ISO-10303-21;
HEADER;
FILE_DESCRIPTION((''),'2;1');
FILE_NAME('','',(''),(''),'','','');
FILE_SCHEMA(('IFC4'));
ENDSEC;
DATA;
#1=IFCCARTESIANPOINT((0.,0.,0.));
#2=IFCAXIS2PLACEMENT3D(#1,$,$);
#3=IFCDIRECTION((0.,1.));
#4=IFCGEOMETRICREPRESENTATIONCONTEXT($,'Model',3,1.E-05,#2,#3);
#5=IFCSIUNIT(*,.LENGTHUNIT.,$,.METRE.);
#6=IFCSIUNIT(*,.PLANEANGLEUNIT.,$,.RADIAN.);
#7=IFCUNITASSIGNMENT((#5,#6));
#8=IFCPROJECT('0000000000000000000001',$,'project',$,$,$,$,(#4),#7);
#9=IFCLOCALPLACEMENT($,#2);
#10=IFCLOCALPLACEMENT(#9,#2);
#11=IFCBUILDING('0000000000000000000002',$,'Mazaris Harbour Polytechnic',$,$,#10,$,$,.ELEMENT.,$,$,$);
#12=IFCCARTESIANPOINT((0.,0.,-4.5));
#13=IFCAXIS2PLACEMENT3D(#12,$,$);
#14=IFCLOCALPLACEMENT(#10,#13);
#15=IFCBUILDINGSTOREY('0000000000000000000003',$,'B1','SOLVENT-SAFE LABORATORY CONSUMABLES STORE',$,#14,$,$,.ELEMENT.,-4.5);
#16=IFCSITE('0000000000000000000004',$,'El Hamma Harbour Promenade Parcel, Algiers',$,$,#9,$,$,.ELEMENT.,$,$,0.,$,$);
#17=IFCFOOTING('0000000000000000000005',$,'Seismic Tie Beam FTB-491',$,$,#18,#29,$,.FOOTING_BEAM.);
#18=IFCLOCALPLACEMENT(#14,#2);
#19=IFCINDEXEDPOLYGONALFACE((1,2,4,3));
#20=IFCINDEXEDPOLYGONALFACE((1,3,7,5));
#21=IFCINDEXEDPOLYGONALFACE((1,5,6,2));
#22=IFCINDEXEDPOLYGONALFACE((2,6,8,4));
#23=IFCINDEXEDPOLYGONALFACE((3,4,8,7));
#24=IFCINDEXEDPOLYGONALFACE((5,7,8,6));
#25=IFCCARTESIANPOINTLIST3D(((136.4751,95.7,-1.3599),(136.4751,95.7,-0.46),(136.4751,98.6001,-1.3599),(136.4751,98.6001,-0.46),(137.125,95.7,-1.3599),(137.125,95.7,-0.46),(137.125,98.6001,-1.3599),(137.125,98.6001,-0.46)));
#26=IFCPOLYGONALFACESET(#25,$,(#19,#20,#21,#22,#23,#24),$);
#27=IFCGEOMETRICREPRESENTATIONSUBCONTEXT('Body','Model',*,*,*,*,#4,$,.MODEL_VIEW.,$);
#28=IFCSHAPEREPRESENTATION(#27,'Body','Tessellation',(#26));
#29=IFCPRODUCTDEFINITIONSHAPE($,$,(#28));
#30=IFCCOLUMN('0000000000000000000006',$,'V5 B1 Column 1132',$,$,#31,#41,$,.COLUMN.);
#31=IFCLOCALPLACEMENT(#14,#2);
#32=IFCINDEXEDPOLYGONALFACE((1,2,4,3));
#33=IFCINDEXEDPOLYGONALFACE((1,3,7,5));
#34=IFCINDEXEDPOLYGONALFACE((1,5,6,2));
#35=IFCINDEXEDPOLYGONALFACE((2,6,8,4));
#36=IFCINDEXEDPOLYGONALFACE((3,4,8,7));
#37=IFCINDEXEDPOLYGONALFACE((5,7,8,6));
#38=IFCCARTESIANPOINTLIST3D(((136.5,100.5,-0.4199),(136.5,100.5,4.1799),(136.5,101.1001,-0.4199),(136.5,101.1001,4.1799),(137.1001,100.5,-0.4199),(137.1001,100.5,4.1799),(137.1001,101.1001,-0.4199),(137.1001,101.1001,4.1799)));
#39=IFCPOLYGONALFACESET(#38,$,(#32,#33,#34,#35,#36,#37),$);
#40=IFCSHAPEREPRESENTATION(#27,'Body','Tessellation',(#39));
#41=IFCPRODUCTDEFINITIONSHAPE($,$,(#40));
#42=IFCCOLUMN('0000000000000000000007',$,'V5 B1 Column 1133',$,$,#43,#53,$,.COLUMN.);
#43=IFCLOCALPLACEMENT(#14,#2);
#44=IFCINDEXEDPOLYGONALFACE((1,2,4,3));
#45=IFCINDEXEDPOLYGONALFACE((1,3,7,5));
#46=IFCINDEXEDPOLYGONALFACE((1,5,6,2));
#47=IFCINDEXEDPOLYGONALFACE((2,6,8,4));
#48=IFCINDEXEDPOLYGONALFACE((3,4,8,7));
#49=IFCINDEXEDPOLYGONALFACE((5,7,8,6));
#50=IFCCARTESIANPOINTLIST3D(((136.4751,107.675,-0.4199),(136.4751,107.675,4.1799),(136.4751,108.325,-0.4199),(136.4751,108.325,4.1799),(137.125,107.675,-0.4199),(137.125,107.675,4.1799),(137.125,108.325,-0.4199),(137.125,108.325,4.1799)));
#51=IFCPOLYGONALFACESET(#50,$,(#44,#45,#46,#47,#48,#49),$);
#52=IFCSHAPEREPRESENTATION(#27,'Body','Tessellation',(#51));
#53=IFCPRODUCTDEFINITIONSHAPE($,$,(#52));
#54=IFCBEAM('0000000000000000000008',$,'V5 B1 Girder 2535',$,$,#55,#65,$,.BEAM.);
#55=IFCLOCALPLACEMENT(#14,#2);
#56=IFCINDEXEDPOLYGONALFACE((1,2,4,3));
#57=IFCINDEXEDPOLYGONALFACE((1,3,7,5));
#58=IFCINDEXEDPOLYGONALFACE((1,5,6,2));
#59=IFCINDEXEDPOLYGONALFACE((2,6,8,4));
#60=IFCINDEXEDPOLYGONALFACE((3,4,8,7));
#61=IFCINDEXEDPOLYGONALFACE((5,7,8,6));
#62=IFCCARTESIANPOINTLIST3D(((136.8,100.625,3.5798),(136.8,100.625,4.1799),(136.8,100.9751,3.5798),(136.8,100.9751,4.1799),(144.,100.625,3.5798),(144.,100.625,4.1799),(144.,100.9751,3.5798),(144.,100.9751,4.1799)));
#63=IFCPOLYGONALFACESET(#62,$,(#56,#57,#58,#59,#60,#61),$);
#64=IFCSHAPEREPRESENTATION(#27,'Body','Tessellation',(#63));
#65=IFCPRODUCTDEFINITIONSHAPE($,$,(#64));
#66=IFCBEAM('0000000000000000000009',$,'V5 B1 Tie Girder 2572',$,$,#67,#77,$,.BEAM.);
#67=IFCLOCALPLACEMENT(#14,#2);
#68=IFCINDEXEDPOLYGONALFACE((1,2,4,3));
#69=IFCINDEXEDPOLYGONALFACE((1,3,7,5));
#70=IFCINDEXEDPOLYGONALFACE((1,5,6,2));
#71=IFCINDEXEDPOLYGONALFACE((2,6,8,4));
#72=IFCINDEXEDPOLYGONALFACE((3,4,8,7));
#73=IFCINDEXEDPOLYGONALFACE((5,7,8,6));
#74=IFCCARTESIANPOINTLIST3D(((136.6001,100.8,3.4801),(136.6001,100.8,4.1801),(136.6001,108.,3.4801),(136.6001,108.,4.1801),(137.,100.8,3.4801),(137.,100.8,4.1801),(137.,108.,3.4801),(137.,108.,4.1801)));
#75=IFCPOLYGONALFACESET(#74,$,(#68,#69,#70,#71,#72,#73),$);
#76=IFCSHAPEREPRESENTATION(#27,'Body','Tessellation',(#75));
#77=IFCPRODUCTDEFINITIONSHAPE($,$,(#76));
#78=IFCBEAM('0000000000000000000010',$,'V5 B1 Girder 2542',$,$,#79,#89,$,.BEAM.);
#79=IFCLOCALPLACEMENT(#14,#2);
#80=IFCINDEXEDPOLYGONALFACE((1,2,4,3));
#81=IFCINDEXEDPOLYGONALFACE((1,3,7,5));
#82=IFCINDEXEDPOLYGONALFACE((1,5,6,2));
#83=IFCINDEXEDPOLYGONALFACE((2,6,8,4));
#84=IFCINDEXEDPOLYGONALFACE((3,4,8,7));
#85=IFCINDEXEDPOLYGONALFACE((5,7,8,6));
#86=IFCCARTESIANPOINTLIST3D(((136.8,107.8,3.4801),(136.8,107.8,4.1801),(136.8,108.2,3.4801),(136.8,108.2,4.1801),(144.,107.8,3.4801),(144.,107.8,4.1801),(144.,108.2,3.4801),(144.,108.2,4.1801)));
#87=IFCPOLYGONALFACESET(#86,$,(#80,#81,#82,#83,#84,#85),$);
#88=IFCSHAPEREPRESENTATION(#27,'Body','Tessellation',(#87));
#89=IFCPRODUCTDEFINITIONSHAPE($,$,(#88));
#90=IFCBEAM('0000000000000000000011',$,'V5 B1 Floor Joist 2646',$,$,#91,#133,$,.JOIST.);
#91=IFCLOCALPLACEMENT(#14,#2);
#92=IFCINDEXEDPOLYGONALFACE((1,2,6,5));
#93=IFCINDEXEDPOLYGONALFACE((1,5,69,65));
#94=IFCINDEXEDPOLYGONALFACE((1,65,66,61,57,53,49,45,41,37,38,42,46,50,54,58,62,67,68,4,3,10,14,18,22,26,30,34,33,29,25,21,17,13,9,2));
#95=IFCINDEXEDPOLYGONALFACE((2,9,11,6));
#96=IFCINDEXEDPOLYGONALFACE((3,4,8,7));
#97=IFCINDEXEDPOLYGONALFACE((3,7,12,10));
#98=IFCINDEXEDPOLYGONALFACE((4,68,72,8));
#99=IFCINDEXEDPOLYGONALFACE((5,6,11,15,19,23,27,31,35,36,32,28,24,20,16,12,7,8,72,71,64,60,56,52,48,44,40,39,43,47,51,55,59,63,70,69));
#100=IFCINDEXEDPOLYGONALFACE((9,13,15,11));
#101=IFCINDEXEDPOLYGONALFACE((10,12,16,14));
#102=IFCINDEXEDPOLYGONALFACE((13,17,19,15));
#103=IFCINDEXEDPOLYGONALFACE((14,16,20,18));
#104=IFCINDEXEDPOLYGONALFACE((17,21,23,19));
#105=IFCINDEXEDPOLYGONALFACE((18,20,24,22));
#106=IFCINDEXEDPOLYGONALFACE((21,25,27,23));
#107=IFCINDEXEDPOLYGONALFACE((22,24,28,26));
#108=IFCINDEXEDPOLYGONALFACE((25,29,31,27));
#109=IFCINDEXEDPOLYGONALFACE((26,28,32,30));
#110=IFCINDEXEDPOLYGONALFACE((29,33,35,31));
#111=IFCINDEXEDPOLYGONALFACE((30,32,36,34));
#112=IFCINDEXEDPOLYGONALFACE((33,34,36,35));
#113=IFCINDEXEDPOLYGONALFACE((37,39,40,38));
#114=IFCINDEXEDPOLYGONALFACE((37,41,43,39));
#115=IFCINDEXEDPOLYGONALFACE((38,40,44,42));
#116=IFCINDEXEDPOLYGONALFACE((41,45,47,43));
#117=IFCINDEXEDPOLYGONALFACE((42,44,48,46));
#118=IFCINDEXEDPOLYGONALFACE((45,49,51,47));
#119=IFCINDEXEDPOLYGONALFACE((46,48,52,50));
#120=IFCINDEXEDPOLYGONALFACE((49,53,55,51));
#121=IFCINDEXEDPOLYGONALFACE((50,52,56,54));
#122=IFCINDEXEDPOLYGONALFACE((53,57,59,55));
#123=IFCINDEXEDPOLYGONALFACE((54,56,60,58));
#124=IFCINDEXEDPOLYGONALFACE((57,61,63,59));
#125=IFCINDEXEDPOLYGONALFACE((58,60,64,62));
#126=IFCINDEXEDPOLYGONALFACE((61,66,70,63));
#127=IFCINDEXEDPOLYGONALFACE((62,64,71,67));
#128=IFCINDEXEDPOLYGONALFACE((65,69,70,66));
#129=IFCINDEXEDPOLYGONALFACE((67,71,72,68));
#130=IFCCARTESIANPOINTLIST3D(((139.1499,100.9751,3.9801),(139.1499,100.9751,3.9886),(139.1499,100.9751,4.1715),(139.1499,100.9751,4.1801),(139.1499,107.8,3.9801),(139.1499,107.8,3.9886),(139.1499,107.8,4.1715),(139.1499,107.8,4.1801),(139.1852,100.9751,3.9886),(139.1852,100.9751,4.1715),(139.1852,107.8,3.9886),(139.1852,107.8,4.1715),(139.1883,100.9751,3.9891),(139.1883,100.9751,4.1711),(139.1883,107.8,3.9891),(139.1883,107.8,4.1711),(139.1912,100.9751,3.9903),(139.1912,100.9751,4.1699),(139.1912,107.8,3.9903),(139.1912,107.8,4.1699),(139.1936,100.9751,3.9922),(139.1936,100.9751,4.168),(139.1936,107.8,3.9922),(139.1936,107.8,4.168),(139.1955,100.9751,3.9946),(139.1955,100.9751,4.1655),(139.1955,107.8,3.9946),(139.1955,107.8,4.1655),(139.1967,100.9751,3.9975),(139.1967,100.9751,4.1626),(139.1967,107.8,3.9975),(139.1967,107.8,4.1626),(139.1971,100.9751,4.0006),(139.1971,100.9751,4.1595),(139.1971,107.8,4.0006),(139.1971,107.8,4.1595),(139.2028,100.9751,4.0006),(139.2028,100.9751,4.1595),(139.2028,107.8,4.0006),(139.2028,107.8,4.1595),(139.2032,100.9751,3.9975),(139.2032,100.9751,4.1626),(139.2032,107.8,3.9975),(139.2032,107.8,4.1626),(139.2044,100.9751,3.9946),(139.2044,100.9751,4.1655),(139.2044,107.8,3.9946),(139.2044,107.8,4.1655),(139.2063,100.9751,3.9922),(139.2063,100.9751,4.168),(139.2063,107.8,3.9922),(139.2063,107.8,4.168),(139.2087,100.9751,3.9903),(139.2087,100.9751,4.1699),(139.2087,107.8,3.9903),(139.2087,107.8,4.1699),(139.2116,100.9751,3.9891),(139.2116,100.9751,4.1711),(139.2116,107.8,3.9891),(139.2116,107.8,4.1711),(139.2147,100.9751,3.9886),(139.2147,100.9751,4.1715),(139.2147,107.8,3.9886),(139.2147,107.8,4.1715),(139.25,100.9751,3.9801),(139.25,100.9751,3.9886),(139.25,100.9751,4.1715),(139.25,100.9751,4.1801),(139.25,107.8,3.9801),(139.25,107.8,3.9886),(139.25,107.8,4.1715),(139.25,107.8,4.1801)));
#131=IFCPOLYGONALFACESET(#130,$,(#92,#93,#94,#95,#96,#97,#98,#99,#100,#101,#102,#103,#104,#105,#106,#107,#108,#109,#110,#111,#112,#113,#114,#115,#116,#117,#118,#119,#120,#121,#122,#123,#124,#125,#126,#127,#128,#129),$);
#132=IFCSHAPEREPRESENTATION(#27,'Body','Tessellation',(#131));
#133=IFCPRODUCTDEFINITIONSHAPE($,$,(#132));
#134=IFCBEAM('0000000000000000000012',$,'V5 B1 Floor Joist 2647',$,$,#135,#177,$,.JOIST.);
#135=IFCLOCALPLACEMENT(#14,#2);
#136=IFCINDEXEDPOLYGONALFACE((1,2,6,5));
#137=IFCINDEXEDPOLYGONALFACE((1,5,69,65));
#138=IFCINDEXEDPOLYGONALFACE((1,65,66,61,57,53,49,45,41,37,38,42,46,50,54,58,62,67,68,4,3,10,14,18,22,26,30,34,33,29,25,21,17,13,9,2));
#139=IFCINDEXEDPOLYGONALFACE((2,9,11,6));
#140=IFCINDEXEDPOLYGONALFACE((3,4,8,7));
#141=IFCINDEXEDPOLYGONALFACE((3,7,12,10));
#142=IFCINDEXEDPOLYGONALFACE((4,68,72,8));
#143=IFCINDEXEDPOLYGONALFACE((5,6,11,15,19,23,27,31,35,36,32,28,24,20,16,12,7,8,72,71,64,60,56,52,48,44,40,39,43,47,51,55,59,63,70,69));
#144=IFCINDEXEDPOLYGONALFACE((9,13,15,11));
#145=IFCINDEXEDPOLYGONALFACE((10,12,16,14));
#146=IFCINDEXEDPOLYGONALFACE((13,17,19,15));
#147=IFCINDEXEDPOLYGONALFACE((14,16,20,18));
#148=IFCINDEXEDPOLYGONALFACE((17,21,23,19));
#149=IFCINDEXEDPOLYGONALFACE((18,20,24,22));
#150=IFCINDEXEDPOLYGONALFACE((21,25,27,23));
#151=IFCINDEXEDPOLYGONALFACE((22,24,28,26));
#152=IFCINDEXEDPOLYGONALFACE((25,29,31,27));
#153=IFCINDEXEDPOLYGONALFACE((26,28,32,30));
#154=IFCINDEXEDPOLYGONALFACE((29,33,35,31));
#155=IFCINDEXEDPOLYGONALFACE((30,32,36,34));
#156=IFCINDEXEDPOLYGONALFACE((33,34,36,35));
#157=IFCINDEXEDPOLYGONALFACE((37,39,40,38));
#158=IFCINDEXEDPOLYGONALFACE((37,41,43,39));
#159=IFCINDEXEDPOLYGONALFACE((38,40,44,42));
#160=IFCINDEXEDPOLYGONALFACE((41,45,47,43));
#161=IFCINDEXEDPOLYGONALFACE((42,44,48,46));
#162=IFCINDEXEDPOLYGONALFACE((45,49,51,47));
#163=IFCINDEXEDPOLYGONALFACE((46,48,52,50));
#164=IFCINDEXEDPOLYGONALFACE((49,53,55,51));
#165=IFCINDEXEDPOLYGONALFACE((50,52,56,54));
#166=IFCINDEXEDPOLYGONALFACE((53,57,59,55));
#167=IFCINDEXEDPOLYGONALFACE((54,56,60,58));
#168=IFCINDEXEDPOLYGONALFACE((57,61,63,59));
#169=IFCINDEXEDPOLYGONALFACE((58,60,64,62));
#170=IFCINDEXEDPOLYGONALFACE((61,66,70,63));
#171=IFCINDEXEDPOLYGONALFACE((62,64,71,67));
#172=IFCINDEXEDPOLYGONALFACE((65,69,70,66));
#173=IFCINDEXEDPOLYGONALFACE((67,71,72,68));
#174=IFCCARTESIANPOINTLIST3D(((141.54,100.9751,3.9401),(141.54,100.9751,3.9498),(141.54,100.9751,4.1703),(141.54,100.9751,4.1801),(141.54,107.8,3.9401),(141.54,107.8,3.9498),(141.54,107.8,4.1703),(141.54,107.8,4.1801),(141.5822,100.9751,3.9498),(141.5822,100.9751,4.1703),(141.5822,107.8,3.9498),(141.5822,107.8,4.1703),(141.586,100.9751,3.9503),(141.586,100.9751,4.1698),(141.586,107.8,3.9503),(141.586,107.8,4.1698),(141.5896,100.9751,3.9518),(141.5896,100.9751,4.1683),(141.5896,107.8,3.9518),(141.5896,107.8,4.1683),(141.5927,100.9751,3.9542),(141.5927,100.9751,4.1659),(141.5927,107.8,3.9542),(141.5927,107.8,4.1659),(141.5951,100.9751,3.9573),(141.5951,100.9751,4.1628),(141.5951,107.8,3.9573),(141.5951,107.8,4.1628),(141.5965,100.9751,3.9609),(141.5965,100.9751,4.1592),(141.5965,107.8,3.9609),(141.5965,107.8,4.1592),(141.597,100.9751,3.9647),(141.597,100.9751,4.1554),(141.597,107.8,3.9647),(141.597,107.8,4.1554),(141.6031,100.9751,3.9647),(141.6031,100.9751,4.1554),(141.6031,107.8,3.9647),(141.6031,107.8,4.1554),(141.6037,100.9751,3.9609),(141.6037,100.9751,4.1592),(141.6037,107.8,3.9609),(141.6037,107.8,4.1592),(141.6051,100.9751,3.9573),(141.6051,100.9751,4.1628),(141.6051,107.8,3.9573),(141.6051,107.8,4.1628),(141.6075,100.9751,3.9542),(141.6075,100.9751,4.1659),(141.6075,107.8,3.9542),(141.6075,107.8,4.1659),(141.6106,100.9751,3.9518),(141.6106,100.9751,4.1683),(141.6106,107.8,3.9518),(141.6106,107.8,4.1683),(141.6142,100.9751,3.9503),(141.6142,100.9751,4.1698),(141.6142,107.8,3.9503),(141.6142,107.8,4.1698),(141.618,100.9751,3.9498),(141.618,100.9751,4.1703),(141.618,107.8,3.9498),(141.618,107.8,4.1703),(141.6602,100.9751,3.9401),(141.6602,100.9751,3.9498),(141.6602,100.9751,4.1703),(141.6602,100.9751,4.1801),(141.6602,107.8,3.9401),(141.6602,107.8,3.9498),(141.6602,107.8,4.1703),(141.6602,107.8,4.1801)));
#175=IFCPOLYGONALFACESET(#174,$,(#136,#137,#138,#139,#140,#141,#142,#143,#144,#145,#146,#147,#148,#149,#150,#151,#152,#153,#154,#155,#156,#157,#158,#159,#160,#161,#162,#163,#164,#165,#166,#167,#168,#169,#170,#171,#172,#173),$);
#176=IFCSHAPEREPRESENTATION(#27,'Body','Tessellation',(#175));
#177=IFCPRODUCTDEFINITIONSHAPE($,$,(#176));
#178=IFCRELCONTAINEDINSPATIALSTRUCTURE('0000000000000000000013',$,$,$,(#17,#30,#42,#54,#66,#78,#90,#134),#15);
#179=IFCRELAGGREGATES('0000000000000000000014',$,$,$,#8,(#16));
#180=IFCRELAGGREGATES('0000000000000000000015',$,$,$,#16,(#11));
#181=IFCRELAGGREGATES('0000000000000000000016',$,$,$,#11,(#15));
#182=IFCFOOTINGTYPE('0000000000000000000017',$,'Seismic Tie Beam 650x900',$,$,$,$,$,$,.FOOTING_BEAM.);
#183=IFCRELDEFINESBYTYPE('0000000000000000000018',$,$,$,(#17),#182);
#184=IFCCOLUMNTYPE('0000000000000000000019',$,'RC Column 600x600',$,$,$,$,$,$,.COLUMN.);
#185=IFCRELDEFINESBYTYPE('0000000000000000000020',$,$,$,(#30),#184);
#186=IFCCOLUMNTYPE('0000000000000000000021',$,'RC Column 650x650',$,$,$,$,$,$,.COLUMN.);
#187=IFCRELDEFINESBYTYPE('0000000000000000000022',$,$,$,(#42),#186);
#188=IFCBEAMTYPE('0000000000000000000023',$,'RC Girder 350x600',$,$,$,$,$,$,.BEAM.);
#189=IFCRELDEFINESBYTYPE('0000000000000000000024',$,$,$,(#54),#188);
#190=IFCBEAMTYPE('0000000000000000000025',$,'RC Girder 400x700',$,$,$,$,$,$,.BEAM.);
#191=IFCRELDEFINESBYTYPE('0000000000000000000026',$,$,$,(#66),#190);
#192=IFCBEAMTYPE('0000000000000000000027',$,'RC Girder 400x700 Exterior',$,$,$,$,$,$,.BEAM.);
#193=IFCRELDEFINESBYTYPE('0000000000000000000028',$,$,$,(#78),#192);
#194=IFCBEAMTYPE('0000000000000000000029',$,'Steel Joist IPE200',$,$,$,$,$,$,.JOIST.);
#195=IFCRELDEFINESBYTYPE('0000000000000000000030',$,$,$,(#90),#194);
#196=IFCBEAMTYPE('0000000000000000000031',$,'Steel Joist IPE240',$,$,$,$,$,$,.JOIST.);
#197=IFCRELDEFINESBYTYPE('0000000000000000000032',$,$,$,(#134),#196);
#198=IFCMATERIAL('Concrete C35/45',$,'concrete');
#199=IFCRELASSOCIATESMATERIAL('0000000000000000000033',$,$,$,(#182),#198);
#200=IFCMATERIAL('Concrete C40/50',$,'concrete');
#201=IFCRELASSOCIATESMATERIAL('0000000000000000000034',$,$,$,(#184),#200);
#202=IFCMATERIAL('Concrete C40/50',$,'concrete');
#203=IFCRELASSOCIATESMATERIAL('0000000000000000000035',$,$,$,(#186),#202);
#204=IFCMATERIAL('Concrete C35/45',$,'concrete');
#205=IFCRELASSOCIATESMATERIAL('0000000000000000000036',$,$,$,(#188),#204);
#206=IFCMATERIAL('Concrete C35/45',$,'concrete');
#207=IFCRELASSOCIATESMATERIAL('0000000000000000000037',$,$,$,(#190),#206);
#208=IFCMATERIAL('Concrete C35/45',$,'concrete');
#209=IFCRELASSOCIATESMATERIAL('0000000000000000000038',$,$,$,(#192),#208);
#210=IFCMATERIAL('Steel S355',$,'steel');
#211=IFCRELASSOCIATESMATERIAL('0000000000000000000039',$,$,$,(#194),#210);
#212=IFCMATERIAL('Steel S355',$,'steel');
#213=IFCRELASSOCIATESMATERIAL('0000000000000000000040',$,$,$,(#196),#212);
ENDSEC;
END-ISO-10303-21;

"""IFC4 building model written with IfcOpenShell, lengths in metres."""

from ifc_helpers import new_model, si_unit, direction, frame, origin, origin_2d, place, context, subcontext, project, spatial, rectangle, i_section, extrude, material, material_profile, profile_set, type_object, element, save


model = new_model("IFC4")

# Units and contexts
model_context = context("Model", 3, precision=1e-05, world=origin(), true_north=direction((0.0, 1.0)))
body_context = subcontext(model_context, "Body", "Model", "MODEL_VIEW")
ifc_project = project(units=[si_unit("LENGTHUNIT", "METRE"), si_unit("PLANEANGLEUNIT", "RADIAN")], contexts=[model_context])

# Site, building, storey
site_placement = place(None, origin())
site = spatial("IfcSite", under=ifc_project, at=site_placement, Name="El Hamma Harbour Promenade Parcel, Algiers", CompositionType="ELEMENT", RefElevation=0.0)
building_placement = place(site_placement, origin())
building = spatial("IfcBuilding", under=site, at=building_placement, Name="Mazaris Harbour Polytechnic", CompositionType="ELEMENT")
storey_placement = place(building_placement, frame((0.0, 0.0, -4.5)))
storey = spatial("IfcBuildingStorey", under=building, at=storey_placement, Name="B1", Description="SOLVENT-SAFE LABORATORY CONSUMABLES STORE", CompositionType="ELEMENT", Elevation=-4.5)

# Footing
ifc_material_1 = material(Name="Concrete C35/45", Category="concrete")
ifc_material_profile_1 = material_profile(ifc_material_1, rectangle(XDim=0.6499, YDim=0.8999, at=origin_2d()), Name="RECT650x900")
ifc_profile_set_1 = profile_set([ifc_material_profile_1], Name="Concrete C35/45")
footing_type_1 = type_object("IfcFootingType", Name="Seismic Tie Beam 650x900", PredefinedType="FOOTING_BEAM", material=ifc_profile_set_1)
footing_1_placement = place(storey_placement, frame((136.8, 95.7, -0.9099), z_axis=(0.0, 1.0, 0.0), x_axis=(-1.0, 0.0, 0.0)))
element("IfcFooting", 1, at=footing_1_placement, inside=storey, type_object=footing_type_1, Name="Seismic Tie Beam FTB-491", PredefinedType="FOOTING_BEAM", context=body_context, shape_type="SweptSolid", body=[
    extrude(rectangle(XDim=0.6499, YDim=0.8999, at=origin_2d()), origin(), (0.0, 0.0, 1.0), 2.9001),
])

# Columns
ifc_material_2 = material(Name="Concrete C40/50", Category="concrete")
ifc_material_profile_2 = material_profile(ifc_material_2, rectangle(XDim=0.6001, YDim=0.6001, at=origin_2d()), Name="RECT600x600")
ifc_profile_set_2 = profile_set([ifc_material_profile_2], Name="Concrete C40/50")
column_type_1 = type_object("IfcColumnType", Name="RC Column 600x600", PredefinedType="COLUMN", material=ifc_profile_set_2)
column_1_placement = place(storey_placement, frame((136.8, 100.8, -0.4199), z_axis=(0.0, 0.0, 1.0), x_axis=(1.0, 0.0, 0.0)))
element("IfcColumn", 2, at=column_1_placement, inside=storey, type_object=column_type_1, Name="V5 B1 Column 1132", PredefinedType="COLUMN", context=body_context, shape_type="SweptSolid", body=[
    extrude(rectangle(XDim=0.6001, YDim=0.6001, at=origin_2d()), origin(), (0.0, 0.0, 1.0), 4.5999),
])
ifc_material_3 = material(Name="Concrete C40/50", Category="concrete")
ifc_material_profile_3 = material_profile(ifc_material_3, rectangle(XDim=0.6499, YDim=0.6499, at=origin_2d()), Name="RECT650x650")
ifc_profile_set_3 = profile_set([ifc_material_profile_3], Name="Concrete C40/50")
column_type_2 = type_object("IfcColumnType", Name="RC Column 650x650", PredefinedType="COLUMN", material=ifc_profile_set_3)
column_2_placement = place(storey_placement, frame((136.8, 108.0, -0.4199), z_axis=(0.0, 0.0, 1.0), x_axis=(1.0, 0.0, 0.0)))
element("IfcColumn", 3, at=column_2_placement, inside=storey, type_object=column_type_2, Name="V5 B1 Column 1133", PredefinedType="COLUMN", context=body_context, shape_type="SweptSolid", body=[
    extrude(rectangle(XDim=0.6499, YDim=0.6499, at=origin_2d()), origin(), (0.0, 0.0, 1.0), 4.5999),
])

# Beams
ifc_material_4 = material(Name="Concrete C35/45", Category="concrete")
ifc_material_profile_4 = material_profile(ifc_material_4, rectangle(XDim=0.3501, YDim=0.6001, at=origin_2d()), Name="RECT350x600")
ifc_profile_set_4 = profile_set([ifc_material_profile_4], Name="Concrete C35/45")
beam_type_1 = type_object("IfcBeamType", Name="RC Girder 350x600", PredefinedType="BEAM", material=ifc_profile_set_4)
beam_1_placement = place(storey_placement, frame((136.8, 100.8, 3.8799), z_axis=(1.0, 0.0, 0.0), x_axis=(0.0, 1.0, 0.0)))
element("IfcBeam", 4, at=beam_1_placement, inside=storey, type_object=beam_type_1, Name="V5 B1 Girder 2535", PredefinedType="BEAM", context=body_context, shape_type="SweptSolid", body=[
    extrude(rectangle(XDim=0.3501, YDim=0.6001, at=origin_2d()), origin(), (0.0, 0.0, 1.0), 7.2),
])
ifc_material_5 = material(Name="Concrete C35/45", Category="concrete")
ifc_material_profile_5 = material_profile(ifc_material_5, rectangle(XDim=0.3999, YDim=0.7, at=origin_2d()), Name="RECT400x700")
ifc_profile_set_5 = profile_set([ifc_material_profile_5], Name="Concrete C35/45")
beam_type_2 = type_object("IfcBeamType", Name="RC Girder 400x700", PredefinedType="BEAM", material=ifc_profile_set_5)
beam_2_placement = place(storey_placement, frame((136.8, 100.8, 3.8301), z_axis=(0.0, 1.0, 0.0), x_axis=(-1.0, 0.0, 0.0)))
element("IfcBeam", 5, at=beam_2_placement, inside=storey, type_object=beam_type_2, Name="V5 B1 Tie Girder 2572", PredefinedType="BEAM", context=body_context, shape_type="SweptSolid", body=[
    extrude(rectangle(XDim=0.3999, YDim=0.7, at=origin_2d()), origin(), (0.0, 0.0, 1.0), 7.2),
])
ifc_material_6 = material(Name="Concrete C35/45", Category="concrete")
ifc_material_profile_6 = material_profile(ifc_material_6, rectangle(XDim=0.3999, YDim=0.7, at=origin_2d()), Name="RECT400x700")
ifc_profile_set_6 = profile_set([ifc_material_profile_6], Name="Concrete C35/45")
beam_type_3 = type_object("IfcBeamType", Name="RC Girder 400x700 Exterior", PredefinedType="BEAM", material=ifc_profile_set_6)
beam_3_placement = place(storey_placement, frame((136.8, 108.0, 3.8301), z_axis=(1.0, 0.0, 0.0), x_axis=(0.0, 1.0, 0.0)))
element("IfcBeam", 6, at=beam_3_placement, inside=storey, type_object=beam_type_3, Name="V5 B1 Girder 2542", PredefinedType="BEAM", context=body_context, shape_type="SweptSolid", body=[
    extrude(rectangle(XDim=0.3999, YDim=0.7, at=origin_2d()), origin(), (0.0, 0.0, 1.0), 7.2),
])
ifc_material_7 = material(Name="Steel S355", Category="steel")
ifc_material_profile_7 = material_profile(ifc_material_7, i_section(OverallWidth=0.1001, OverallDepth=0.2, WebThickness=0.0056, FlangeThickness=0.0085, FilletRadius=0.012, at=origin_2d()), Name="IPE 200")
ifc_profile_set_7 = profile_set([ifc_material_profile_7], Name="Steel S355")
beam_type_4 = type_object("IfcBeamType", Name="Steel Joist IPE200", PredefinedType="JOIST", material=ifc_profile_set_7)
beam_4_placement = place(storey_placement, frame((139.2, 100.9751, 4.0801), z_axis=(0.0, 1.0, 0.0), x_axis=(-1.0, 0.0, 0.0)))
element("IfcBeam", 7, at=beam_4_placement, inside=storey, type_object=beam_type_4, Name="V5 B1 Floor Joist 2646", PredefinedType="JOIST", context=body_context, shape_type="SweptSolid", body=[
    extrude(i_section(OverallWidth=0.1001, OverallDepth=0.2, WebThickness=0.0056, FlangeThickness=0.0085, FilletRadius=0.012, at=origin_2d()), origin(), (0.0, 0.0, 1.0), 6.825),
])
ifc_material_8 = material(Name="Steel S355", Category="steel")
ifc_material_profile_8 = material_profile(ifc_material_8, i_section(OverallWidth=0.1201, OverallDepth=0.24, WebThickness=0.0061, FlangeThickness=0.0098, FilletRadius=0.0149, at=origin_2d()), Name="IPE 240")
ifc_profile_set_8 = profile_set([ifc_material_profile_8], Name="Steel S355")
beam_type_5 = type_object("IfcBeamType", Name="Steel Joist IPE240", PredefinedType="JOIST", material=ifc_profile_set_8)
beam_5_placement = place(storey_placement, frame((141.6001, 100.9751, 4.0601), z_axis=(0.0, 1.0, 0.0), x_axis=(-1.0, 0.0, 0.0)))
element("IfcBeam", 8, at=beam_5_placement, inside=storey, type_object=beam_type_5, Name="V5 B1 Floor Joist 2647", PredefinedType="JOIST", context=body_context, shape_type="SweptSolid", body=[
    extrude(i_section(OverallWidth=0.1201, OverallDepth=0.24, WebThickness=0.0061, FlangeThickness=0.0098, FilletRadius=0.0149, at=origin_2d()), origin(), (0.0, 0.0, 1.0), 6.825),
])

save(model, "model.ifc")
